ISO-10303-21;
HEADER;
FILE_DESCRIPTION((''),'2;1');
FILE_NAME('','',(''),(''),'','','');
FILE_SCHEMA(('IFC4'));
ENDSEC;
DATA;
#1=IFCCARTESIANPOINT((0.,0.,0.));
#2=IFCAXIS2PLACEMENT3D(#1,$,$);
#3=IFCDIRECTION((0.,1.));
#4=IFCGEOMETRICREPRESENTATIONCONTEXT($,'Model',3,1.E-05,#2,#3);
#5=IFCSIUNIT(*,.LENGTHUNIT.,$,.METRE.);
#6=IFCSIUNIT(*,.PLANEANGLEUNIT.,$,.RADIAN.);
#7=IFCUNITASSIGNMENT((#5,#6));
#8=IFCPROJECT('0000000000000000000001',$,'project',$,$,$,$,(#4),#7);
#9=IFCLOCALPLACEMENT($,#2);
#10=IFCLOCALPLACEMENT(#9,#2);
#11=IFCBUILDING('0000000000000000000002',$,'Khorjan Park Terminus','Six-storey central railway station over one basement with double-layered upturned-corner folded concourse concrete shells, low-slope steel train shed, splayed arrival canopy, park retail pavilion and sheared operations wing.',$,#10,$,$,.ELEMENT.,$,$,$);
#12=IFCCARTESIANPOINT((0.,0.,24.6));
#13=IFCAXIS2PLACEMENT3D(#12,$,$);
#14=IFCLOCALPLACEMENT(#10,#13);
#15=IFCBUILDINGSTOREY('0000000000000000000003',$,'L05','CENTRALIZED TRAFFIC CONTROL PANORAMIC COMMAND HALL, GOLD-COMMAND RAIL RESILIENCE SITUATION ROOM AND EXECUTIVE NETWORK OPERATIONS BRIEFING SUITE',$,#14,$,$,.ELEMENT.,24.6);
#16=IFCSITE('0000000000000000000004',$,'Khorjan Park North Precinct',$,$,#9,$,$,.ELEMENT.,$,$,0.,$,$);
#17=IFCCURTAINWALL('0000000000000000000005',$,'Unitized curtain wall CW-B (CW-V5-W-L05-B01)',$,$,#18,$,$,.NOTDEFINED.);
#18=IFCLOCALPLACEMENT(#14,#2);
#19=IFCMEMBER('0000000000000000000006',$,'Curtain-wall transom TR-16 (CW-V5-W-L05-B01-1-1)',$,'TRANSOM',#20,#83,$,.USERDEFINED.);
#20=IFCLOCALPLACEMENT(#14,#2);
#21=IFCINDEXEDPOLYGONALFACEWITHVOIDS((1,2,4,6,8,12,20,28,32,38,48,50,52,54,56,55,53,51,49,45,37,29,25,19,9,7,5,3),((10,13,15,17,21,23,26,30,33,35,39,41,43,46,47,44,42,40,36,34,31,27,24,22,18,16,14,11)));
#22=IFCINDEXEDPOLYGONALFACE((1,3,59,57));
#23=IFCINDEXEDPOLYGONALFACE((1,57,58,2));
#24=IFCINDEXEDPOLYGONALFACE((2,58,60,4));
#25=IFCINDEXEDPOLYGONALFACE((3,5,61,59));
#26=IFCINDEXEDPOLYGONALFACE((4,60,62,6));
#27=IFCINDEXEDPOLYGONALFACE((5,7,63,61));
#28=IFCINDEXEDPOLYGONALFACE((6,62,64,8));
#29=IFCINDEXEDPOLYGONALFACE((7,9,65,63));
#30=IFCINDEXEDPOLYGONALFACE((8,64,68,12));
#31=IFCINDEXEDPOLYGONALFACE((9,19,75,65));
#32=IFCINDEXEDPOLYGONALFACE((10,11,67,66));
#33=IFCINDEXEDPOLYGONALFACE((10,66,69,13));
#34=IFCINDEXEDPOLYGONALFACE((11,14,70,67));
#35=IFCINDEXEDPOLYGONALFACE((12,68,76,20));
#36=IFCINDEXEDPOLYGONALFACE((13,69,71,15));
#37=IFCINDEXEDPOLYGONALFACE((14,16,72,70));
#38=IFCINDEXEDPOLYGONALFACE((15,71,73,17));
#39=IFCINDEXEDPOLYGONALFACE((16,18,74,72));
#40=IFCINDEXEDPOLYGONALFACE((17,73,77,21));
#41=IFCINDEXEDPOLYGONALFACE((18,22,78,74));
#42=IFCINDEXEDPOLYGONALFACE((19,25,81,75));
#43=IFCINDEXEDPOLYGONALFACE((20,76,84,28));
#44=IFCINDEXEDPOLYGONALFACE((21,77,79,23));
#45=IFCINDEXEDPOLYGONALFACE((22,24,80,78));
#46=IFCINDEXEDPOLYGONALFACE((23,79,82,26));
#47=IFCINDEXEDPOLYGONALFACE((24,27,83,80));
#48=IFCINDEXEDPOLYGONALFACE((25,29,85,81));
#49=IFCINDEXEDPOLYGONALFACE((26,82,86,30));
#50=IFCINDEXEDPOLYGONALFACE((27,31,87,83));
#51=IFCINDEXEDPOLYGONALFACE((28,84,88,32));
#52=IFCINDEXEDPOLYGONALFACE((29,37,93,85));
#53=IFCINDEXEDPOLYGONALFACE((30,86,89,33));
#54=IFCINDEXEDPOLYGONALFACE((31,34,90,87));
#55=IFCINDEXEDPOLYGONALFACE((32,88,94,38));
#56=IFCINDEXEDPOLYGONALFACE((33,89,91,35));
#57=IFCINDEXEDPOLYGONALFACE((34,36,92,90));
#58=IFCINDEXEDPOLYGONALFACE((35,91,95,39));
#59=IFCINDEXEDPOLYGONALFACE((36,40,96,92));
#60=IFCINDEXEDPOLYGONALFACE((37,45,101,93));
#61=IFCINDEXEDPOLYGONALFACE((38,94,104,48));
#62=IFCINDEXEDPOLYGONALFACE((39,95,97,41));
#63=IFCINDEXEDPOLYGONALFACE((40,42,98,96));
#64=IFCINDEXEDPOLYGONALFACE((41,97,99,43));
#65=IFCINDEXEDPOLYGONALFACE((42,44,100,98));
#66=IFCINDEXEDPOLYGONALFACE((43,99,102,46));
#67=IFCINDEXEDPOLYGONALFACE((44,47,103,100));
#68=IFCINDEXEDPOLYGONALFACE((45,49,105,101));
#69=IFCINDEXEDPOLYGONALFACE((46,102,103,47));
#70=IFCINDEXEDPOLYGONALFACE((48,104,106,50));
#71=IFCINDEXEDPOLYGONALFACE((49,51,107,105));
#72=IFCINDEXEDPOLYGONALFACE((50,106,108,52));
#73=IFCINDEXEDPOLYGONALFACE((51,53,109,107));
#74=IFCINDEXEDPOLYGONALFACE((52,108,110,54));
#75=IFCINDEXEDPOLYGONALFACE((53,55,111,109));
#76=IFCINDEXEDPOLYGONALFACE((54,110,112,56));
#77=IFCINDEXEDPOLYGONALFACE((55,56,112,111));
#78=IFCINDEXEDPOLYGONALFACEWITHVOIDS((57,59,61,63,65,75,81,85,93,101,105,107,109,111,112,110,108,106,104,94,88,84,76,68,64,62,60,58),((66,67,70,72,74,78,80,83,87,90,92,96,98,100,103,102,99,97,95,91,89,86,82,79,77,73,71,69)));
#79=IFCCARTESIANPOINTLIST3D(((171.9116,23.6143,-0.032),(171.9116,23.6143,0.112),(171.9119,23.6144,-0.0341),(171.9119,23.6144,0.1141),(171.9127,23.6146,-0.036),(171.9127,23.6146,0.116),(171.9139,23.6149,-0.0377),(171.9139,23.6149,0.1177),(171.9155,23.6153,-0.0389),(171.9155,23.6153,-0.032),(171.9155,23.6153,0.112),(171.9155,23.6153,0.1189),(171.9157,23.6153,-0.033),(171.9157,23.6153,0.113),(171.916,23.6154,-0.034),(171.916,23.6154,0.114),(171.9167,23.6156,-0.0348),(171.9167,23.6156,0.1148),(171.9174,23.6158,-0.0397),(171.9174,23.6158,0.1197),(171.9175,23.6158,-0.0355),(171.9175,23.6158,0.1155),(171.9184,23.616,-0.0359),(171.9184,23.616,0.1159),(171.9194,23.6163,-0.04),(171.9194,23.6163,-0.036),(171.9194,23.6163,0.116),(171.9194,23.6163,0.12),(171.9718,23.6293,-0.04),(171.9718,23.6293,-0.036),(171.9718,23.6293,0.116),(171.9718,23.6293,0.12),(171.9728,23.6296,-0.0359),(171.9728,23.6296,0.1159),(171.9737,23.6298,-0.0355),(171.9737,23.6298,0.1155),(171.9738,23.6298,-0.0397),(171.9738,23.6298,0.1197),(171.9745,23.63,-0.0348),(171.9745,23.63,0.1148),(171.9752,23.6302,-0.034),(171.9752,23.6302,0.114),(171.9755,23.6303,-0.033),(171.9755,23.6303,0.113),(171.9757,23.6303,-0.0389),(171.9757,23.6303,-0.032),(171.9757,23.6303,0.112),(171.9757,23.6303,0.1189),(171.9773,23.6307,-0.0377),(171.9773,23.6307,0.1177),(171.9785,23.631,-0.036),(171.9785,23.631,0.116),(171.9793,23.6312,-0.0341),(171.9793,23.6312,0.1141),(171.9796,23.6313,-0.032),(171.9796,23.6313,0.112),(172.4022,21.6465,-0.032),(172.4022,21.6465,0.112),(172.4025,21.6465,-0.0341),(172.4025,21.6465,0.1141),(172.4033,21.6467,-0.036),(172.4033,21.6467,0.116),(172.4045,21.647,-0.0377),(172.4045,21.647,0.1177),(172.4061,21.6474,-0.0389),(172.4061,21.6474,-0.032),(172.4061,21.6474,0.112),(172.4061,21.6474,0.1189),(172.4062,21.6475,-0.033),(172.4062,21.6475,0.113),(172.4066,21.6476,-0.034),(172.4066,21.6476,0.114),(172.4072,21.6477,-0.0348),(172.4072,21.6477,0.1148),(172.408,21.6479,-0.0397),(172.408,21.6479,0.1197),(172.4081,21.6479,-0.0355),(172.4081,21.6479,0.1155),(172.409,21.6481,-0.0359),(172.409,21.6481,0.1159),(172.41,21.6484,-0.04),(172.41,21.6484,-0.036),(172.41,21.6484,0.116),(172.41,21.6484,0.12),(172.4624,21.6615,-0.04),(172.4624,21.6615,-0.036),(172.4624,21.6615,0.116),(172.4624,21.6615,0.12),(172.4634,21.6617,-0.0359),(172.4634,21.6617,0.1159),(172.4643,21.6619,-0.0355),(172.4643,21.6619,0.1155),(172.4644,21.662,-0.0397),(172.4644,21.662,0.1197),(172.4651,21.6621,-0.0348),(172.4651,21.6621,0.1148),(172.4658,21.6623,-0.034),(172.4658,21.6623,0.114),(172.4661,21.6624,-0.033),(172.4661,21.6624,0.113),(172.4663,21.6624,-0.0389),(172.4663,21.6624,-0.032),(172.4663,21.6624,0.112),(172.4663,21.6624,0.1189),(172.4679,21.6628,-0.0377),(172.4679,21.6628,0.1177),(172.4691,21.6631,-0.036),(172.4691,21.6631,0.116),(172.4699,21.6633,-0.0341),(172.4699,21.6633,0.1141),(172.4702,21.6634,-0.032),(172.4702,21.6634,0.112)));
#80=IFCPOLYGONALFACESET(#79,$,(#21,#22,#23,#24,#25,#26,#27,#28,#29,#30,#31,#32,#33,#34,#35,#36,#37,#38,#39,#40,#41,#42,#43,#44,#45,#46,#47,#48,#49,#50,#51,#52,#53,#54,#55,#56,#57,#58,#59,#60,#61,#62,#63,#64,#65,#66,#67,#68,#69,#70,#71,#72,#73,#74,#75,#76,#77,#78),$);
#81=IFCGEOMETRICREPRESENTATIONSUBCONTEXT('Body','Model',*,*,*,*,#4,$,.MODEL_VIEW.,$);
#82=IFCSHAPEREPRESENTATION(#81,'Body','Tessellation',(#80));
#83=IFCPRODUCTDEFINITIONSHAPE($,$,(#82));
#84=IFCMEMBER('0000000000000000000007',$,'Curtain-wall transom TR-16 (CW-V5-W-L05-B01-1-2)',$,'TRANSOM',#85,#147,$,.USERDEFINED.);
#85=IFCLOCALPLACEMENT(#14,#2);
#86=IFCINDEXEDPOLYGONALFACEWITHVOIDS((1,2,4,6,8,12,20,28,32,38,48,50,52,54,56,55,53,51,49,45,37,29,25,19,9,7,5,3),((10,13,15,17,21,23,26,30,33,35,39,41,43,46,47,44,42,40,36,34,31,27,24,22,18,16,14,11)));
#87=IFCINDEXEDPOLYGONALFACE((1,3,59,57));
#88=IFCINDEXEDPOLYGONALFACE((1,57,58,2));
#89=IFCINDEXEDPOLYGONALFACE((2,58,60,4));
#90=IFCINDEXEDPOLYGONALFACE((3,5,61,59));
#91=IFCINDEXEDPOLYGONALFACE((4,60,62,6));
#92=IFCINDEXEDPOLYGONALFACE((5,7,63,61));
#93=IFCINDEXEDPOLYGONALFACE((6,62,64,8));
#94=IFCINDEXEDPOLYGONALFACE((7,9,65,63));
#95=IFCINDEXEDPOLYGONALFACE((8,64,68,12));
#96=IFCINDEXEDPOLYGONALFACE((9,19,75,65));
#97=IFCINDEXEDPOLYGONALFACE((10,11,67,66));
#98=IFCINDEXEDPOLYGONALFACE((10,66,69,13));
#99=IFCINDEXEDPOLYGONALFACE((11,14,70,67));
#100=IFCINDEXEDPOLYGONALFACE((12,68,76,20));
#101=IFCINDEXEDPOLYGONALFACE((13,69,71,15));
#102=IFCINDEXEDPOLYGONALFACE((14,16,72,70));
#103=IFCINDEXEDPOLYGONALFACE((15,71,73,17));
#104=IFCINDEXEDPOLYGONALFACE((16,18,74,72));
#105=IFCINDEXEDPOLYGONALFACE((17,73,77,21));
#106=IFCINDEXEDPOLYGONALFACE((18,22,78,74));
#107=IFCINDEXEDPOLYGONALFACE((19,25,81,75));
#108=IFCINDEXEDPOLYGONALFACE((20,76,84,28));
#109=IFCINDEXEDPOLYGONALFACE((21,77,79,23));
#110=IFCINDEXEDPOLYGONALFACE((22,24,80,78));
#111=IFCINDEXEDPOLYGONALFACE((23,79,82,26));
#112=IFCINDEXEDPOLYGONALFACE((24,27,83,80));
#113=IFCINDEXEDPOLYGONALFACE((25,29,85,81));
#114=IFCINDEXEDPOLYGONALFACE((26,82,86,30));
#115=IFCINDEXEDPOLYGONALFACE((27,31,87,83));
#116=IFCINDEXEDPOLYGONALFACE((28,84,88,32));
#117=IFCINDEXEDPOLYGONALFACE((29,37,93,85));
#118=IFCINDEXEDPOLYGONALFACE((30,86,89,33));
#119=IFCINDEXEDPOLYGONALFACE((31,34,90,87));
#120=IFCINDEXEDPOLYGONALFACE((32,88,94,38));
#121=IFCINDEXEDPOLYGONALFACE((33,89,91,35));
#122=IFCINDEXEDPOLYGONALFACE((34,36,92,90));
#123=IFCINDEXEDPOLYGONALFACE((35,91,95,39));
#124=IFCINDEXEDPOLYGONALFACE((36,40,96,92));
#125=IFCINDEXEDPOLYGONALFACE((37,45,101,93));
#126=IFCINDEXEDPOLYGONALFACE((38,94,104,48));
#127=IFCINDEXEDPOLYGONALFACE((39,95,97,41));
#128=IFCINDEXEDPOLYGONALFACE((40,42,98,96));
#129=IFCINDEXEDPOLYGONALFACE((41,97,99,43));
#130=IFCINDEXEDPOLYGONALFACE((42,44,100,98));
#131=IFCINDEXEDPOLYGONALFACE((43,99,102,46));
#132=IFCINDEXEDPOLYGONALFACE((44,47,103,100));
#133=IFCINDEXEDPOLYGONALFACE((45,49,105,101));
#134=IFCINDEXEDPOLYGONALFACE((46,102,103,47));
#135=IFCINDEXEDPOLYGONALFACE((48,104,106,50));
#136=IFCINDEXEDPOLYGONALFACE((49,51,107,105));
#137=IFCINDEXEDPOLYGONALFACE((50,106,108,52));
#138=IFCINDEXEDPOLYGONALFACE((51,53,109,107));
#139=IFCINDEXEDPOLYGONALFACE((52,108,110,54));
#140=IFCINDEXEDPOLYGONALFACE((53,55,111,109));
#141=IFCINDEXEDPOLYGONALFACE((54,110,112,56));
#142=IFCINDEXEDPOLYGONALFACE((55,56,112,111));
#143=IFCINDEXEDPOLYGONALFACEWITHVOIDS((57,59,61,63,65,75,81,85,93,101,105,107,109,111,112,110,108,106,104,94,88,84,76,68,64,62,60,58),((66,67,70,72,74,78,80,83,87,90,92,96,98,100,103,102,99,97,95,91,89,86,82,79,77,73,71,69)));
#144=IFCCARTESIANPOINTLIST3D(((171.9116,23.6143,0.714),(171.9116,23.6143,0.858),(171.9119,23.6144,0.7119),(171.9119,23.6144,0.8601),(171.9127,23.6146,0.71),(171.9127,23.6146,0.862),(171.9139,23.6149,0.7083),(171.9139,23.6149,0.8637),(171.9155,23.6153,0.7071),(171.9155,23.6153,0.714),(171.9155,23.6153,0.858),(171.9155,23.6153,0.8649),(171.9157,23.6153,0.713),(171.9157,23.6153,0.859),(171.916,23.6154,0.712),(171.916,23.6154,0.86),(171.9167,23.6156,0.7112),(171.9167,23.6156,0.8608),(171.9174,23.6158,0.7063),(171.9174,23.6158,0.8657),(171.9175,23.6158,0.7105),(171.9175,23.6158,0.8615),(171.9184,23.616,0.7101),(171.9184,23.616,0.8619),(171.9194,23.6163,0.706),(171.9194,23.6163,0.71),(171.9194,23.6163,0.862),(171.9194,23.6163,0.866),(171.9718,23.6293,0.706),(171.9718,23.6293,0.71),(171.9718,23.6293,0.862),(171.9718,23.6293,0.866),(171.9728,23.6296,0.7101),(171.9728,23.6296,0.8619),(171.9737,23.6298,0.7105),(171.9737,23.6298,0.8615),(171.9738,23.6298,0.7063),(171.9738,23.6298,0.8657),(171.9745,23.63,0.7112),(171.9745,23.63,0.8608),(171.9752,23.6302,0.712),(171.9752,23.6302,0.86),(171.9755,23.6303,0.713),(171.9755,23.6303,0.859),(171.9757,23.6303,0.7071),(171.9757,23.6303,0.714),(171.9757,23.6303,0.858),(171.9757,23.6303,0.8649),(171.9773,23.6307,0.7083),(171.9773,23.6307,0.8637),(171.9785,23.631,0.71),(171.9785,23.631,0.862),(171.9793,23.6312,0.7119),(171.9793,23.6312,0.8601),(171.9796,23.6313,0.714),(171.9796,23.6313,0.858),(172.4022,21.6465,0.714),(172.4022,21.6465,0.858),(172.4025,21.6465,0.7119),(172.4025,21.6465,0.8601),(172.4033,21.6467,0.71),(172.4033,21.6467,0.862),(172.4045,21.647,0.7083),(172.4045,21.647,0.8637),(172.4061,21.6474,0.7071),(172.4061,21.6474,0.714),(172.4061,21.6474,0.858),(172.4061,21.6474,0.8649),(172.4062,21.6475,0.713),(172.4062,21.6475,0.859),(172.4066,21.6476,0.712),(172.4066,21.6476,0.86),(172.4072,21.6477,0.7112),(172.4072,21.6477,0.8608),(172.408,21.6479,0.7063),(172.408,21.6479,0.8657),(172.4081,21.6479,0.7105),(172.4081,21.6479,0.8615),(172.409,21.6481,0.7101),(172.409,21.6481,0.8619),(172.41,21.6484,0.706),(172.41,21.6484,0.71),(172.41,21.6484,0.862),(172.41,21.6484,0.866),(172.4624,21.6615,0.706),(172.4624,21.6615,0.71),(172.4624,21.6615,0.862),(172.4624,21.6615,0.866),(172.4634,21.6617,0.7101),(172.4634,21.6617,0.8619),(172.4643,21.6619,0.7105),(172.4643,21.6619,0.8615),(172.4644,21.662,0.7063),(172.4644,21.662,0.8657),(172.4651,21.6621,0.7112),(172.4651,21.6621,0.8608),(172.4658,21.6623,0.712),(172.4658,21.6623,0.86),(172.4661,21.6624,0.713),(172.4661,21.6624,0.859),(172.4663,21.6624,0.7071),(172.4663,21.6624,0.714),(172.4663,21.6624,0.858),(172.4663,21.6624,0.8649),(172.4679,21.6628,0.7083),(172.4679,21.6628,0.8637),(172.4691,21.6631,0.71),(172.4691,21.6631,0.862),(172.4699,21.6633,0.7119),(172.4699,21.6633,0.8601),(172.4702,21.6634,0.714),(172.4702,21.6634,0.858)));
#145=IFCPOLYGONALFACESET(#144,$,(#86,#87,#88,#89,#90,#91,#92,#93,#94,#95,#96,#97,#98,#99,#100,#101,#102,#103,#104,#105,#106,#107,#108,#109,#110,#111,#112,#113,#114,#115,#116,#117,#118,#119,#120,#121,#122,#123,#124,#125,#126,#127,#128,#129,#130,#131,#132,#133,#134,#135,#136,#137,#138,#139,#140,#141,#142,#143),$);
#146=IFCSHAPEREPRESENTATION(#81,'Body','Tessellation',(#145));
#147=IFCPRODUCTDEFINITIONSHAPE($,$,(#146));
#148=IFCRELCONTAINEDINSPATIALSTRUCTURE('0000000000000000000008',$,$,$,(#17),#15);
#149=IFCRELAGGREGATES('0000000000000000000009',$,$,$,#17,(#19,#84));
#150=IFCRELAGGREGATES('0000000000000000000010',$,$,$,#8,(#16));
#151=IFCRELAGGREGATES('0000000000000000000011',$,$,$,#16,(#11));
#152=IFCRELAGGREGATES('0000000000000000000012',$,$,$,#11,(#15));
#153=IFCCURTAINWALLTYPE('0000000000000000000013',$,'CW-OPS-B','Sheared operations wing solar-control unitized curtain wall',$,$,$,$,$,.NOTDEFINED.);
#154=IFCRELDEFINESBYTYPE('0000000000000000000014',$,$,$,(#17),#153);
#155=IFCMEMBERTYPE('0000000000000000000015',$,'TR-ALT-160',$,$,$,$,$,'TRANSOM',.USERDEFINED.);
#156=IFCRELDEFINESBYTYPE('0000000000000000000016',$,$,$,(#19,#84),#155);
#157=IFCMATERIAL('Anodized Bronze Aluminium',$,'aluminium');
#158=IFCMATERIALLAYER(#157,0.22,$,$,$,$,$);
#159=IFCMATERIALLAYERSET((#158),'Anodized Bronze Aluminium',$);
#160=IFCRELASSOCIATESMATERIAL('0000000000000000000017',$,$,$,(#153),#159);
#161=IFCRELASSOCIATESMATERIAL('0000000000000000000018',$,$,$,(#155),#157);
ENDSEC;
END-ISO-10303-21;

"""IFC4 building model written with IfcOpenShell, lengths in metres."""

from ifc_helpers import new_model, si_unit, direction, frame, origin, origin_2d, place, context, subcontext, project, spatial, hollow_rectangle, extrude, material, layer, layer_set, material_profile, profile_set, type_object, element, aggregate, save


model = new_model("IFC4")

# Units and contexts
model_context = context("Model", 3, precision=1e-05, world=origin(), true_north=direction((0.0, 1.0)))
body_context = subcontext(model_context, "Body", "Model", "MODEL_VIEW")
ifc_project = project(units=[si_unit("LENGTHUNIT", "METRE"), si_unit("PLANEANGLEUNIT", "RADIAN")], contexts=[model_context])

# Site, building, storey
site_placement = place(None, origin())
site = spatial("IfcSite", under=ifc_project, at=site_placement, Name="Khorjan Park North Precinct", CompositionType="ELEMENT", RefElevation=0.0)
building_placement = place(site_placement, origin())
building = spatial("IfcBuilding", under=site, at=building_placement, Name="Khorjan Park Terminus", Description="Six-storey central railway station over one basement with double-layered upturned-corner folded concourse concrete shells, low-slope steel train shed, splayed arrival canopy, park retail pavilion and sheared operations wing.", CompositionType="ELEMENT")
storey_placement = place(building_placement, frame((0.0, 0.0, 24.6)))
storey = spatial("IfcBuildingStorey", under=building, at=storey_placement, Name="L05", Description="CENTRALIZED TRAFFIC CONTROL PANORAMIC COMMAND HALL, GOLD-COMMAND RAIL RESILIENCE SITUATION ROOM AND EXECUTIVE NETWORK OPERATIONS BRIEFING SUITE", CompositionType="ELEMENT", Elevation=24.6)

# Shared definitions
ifc_material_1 = material(Name="Anodized Bronze Aluminium", Category="aluminium")
ifc_layer_1 = layer(ifc_material_1, 0.22)
ifc_layer_set_1 = layer_set([ifc_layer_1], Name="Anodized Bronze Aluminium")
curtain_wall_type = type_object("IfcCurtainWallType", Name="CW-OPS-B", Description="Sheared operations wing solar-control unitized curtain wall", PredefinedType="NOTDEFINED", material=ifc_layer_set_1)

# Curtain wall, members
curtain_wall_1_placement = place(storey_placement, origin())
curtain_wall_1 = element("IfcCurtainWall", 1, at=curtain_wall_1_placement, inside=storey, type_object=curtain_wall_type, Name="Unitized curtain wall CW-B (CW-V5-W-L05-B01)", PredefinedType="NOTDEFINED")
ifc_material_profile_1 = material_profile(ifc_material_1, hollow_rectangle(XDim=0.07, YDim=0.16, WallThickness=0.004, InnerFilletRadius=0.004, OuterFilletRadius=0.008, at=origin_2d()), Name="ALT 70x160x4")
ifc_profile_set_1 = profile_set([ifc_material_profile_1], Name="Anodized Bronze Aluminium")
member_type_1 = type_object("IfcMemberType", Name="TR-ALT-160", ElementType="TRANSOM", PredefinedType="USERDEFINED", material=ifc_profile_set_1)
member_1_placement = place(storey_placement, frame((171.9456, 23.6228, 0.04), z_axis=(0.241897, -0.970302, 0.0), x_axis=(0.970302, 0.241897, 0.0)))
member_1 = element("IfcMember", 2, at=member_1_placement, type_object=member_type_1, Name="Curtain-wall transom TR-16 (CW-V5-W-L05-B01-1-1)", ObjectType="TRANSOM", PredefinedType="USERDEFINED", context=body_context, shape_type="SweptSolid", body=[
    extrude(hollow_rectangle(XDim=0.07, YDim=0.16, WallThickness=0.004, InnerFilletRadius=0.004, OuterFilletRadius=0.008, at=origin_2d()), origin(), (0.0, 0.0, 1.0), 2.0281),
])
member_2_placement = place(storey_placement, frame((171.9456, 23.6228, 0.786), z_axis=(0.241897, -0.970302, 0.0), x_axis=(0.970302, 0.241897, 0.0)))
member_2 = element("IfcMember", 3, at=member_2_placement, type_object=member_type_1, Name="Curtain-wall transom TR-16 (CW-V5-W-L05-B01-1-2)", ObjectType="TRANSOM", PredefinedType="USERDEFINED", context=body_context, shape_type="SweptSolid", body=[
    extrude(hollow_rectangle(XDim=0.07, YDim=0.16, WallThickness=0.004, InnerFilletRadius=0.004, OuterFilletRadius=0.008, at=origin_2d()), origin(), (0.0, 0.0, 1.0), 2.0281),
])

aggregate(curtain_wall_1, [member_1, member_2])

save(model, "model.ifc")
